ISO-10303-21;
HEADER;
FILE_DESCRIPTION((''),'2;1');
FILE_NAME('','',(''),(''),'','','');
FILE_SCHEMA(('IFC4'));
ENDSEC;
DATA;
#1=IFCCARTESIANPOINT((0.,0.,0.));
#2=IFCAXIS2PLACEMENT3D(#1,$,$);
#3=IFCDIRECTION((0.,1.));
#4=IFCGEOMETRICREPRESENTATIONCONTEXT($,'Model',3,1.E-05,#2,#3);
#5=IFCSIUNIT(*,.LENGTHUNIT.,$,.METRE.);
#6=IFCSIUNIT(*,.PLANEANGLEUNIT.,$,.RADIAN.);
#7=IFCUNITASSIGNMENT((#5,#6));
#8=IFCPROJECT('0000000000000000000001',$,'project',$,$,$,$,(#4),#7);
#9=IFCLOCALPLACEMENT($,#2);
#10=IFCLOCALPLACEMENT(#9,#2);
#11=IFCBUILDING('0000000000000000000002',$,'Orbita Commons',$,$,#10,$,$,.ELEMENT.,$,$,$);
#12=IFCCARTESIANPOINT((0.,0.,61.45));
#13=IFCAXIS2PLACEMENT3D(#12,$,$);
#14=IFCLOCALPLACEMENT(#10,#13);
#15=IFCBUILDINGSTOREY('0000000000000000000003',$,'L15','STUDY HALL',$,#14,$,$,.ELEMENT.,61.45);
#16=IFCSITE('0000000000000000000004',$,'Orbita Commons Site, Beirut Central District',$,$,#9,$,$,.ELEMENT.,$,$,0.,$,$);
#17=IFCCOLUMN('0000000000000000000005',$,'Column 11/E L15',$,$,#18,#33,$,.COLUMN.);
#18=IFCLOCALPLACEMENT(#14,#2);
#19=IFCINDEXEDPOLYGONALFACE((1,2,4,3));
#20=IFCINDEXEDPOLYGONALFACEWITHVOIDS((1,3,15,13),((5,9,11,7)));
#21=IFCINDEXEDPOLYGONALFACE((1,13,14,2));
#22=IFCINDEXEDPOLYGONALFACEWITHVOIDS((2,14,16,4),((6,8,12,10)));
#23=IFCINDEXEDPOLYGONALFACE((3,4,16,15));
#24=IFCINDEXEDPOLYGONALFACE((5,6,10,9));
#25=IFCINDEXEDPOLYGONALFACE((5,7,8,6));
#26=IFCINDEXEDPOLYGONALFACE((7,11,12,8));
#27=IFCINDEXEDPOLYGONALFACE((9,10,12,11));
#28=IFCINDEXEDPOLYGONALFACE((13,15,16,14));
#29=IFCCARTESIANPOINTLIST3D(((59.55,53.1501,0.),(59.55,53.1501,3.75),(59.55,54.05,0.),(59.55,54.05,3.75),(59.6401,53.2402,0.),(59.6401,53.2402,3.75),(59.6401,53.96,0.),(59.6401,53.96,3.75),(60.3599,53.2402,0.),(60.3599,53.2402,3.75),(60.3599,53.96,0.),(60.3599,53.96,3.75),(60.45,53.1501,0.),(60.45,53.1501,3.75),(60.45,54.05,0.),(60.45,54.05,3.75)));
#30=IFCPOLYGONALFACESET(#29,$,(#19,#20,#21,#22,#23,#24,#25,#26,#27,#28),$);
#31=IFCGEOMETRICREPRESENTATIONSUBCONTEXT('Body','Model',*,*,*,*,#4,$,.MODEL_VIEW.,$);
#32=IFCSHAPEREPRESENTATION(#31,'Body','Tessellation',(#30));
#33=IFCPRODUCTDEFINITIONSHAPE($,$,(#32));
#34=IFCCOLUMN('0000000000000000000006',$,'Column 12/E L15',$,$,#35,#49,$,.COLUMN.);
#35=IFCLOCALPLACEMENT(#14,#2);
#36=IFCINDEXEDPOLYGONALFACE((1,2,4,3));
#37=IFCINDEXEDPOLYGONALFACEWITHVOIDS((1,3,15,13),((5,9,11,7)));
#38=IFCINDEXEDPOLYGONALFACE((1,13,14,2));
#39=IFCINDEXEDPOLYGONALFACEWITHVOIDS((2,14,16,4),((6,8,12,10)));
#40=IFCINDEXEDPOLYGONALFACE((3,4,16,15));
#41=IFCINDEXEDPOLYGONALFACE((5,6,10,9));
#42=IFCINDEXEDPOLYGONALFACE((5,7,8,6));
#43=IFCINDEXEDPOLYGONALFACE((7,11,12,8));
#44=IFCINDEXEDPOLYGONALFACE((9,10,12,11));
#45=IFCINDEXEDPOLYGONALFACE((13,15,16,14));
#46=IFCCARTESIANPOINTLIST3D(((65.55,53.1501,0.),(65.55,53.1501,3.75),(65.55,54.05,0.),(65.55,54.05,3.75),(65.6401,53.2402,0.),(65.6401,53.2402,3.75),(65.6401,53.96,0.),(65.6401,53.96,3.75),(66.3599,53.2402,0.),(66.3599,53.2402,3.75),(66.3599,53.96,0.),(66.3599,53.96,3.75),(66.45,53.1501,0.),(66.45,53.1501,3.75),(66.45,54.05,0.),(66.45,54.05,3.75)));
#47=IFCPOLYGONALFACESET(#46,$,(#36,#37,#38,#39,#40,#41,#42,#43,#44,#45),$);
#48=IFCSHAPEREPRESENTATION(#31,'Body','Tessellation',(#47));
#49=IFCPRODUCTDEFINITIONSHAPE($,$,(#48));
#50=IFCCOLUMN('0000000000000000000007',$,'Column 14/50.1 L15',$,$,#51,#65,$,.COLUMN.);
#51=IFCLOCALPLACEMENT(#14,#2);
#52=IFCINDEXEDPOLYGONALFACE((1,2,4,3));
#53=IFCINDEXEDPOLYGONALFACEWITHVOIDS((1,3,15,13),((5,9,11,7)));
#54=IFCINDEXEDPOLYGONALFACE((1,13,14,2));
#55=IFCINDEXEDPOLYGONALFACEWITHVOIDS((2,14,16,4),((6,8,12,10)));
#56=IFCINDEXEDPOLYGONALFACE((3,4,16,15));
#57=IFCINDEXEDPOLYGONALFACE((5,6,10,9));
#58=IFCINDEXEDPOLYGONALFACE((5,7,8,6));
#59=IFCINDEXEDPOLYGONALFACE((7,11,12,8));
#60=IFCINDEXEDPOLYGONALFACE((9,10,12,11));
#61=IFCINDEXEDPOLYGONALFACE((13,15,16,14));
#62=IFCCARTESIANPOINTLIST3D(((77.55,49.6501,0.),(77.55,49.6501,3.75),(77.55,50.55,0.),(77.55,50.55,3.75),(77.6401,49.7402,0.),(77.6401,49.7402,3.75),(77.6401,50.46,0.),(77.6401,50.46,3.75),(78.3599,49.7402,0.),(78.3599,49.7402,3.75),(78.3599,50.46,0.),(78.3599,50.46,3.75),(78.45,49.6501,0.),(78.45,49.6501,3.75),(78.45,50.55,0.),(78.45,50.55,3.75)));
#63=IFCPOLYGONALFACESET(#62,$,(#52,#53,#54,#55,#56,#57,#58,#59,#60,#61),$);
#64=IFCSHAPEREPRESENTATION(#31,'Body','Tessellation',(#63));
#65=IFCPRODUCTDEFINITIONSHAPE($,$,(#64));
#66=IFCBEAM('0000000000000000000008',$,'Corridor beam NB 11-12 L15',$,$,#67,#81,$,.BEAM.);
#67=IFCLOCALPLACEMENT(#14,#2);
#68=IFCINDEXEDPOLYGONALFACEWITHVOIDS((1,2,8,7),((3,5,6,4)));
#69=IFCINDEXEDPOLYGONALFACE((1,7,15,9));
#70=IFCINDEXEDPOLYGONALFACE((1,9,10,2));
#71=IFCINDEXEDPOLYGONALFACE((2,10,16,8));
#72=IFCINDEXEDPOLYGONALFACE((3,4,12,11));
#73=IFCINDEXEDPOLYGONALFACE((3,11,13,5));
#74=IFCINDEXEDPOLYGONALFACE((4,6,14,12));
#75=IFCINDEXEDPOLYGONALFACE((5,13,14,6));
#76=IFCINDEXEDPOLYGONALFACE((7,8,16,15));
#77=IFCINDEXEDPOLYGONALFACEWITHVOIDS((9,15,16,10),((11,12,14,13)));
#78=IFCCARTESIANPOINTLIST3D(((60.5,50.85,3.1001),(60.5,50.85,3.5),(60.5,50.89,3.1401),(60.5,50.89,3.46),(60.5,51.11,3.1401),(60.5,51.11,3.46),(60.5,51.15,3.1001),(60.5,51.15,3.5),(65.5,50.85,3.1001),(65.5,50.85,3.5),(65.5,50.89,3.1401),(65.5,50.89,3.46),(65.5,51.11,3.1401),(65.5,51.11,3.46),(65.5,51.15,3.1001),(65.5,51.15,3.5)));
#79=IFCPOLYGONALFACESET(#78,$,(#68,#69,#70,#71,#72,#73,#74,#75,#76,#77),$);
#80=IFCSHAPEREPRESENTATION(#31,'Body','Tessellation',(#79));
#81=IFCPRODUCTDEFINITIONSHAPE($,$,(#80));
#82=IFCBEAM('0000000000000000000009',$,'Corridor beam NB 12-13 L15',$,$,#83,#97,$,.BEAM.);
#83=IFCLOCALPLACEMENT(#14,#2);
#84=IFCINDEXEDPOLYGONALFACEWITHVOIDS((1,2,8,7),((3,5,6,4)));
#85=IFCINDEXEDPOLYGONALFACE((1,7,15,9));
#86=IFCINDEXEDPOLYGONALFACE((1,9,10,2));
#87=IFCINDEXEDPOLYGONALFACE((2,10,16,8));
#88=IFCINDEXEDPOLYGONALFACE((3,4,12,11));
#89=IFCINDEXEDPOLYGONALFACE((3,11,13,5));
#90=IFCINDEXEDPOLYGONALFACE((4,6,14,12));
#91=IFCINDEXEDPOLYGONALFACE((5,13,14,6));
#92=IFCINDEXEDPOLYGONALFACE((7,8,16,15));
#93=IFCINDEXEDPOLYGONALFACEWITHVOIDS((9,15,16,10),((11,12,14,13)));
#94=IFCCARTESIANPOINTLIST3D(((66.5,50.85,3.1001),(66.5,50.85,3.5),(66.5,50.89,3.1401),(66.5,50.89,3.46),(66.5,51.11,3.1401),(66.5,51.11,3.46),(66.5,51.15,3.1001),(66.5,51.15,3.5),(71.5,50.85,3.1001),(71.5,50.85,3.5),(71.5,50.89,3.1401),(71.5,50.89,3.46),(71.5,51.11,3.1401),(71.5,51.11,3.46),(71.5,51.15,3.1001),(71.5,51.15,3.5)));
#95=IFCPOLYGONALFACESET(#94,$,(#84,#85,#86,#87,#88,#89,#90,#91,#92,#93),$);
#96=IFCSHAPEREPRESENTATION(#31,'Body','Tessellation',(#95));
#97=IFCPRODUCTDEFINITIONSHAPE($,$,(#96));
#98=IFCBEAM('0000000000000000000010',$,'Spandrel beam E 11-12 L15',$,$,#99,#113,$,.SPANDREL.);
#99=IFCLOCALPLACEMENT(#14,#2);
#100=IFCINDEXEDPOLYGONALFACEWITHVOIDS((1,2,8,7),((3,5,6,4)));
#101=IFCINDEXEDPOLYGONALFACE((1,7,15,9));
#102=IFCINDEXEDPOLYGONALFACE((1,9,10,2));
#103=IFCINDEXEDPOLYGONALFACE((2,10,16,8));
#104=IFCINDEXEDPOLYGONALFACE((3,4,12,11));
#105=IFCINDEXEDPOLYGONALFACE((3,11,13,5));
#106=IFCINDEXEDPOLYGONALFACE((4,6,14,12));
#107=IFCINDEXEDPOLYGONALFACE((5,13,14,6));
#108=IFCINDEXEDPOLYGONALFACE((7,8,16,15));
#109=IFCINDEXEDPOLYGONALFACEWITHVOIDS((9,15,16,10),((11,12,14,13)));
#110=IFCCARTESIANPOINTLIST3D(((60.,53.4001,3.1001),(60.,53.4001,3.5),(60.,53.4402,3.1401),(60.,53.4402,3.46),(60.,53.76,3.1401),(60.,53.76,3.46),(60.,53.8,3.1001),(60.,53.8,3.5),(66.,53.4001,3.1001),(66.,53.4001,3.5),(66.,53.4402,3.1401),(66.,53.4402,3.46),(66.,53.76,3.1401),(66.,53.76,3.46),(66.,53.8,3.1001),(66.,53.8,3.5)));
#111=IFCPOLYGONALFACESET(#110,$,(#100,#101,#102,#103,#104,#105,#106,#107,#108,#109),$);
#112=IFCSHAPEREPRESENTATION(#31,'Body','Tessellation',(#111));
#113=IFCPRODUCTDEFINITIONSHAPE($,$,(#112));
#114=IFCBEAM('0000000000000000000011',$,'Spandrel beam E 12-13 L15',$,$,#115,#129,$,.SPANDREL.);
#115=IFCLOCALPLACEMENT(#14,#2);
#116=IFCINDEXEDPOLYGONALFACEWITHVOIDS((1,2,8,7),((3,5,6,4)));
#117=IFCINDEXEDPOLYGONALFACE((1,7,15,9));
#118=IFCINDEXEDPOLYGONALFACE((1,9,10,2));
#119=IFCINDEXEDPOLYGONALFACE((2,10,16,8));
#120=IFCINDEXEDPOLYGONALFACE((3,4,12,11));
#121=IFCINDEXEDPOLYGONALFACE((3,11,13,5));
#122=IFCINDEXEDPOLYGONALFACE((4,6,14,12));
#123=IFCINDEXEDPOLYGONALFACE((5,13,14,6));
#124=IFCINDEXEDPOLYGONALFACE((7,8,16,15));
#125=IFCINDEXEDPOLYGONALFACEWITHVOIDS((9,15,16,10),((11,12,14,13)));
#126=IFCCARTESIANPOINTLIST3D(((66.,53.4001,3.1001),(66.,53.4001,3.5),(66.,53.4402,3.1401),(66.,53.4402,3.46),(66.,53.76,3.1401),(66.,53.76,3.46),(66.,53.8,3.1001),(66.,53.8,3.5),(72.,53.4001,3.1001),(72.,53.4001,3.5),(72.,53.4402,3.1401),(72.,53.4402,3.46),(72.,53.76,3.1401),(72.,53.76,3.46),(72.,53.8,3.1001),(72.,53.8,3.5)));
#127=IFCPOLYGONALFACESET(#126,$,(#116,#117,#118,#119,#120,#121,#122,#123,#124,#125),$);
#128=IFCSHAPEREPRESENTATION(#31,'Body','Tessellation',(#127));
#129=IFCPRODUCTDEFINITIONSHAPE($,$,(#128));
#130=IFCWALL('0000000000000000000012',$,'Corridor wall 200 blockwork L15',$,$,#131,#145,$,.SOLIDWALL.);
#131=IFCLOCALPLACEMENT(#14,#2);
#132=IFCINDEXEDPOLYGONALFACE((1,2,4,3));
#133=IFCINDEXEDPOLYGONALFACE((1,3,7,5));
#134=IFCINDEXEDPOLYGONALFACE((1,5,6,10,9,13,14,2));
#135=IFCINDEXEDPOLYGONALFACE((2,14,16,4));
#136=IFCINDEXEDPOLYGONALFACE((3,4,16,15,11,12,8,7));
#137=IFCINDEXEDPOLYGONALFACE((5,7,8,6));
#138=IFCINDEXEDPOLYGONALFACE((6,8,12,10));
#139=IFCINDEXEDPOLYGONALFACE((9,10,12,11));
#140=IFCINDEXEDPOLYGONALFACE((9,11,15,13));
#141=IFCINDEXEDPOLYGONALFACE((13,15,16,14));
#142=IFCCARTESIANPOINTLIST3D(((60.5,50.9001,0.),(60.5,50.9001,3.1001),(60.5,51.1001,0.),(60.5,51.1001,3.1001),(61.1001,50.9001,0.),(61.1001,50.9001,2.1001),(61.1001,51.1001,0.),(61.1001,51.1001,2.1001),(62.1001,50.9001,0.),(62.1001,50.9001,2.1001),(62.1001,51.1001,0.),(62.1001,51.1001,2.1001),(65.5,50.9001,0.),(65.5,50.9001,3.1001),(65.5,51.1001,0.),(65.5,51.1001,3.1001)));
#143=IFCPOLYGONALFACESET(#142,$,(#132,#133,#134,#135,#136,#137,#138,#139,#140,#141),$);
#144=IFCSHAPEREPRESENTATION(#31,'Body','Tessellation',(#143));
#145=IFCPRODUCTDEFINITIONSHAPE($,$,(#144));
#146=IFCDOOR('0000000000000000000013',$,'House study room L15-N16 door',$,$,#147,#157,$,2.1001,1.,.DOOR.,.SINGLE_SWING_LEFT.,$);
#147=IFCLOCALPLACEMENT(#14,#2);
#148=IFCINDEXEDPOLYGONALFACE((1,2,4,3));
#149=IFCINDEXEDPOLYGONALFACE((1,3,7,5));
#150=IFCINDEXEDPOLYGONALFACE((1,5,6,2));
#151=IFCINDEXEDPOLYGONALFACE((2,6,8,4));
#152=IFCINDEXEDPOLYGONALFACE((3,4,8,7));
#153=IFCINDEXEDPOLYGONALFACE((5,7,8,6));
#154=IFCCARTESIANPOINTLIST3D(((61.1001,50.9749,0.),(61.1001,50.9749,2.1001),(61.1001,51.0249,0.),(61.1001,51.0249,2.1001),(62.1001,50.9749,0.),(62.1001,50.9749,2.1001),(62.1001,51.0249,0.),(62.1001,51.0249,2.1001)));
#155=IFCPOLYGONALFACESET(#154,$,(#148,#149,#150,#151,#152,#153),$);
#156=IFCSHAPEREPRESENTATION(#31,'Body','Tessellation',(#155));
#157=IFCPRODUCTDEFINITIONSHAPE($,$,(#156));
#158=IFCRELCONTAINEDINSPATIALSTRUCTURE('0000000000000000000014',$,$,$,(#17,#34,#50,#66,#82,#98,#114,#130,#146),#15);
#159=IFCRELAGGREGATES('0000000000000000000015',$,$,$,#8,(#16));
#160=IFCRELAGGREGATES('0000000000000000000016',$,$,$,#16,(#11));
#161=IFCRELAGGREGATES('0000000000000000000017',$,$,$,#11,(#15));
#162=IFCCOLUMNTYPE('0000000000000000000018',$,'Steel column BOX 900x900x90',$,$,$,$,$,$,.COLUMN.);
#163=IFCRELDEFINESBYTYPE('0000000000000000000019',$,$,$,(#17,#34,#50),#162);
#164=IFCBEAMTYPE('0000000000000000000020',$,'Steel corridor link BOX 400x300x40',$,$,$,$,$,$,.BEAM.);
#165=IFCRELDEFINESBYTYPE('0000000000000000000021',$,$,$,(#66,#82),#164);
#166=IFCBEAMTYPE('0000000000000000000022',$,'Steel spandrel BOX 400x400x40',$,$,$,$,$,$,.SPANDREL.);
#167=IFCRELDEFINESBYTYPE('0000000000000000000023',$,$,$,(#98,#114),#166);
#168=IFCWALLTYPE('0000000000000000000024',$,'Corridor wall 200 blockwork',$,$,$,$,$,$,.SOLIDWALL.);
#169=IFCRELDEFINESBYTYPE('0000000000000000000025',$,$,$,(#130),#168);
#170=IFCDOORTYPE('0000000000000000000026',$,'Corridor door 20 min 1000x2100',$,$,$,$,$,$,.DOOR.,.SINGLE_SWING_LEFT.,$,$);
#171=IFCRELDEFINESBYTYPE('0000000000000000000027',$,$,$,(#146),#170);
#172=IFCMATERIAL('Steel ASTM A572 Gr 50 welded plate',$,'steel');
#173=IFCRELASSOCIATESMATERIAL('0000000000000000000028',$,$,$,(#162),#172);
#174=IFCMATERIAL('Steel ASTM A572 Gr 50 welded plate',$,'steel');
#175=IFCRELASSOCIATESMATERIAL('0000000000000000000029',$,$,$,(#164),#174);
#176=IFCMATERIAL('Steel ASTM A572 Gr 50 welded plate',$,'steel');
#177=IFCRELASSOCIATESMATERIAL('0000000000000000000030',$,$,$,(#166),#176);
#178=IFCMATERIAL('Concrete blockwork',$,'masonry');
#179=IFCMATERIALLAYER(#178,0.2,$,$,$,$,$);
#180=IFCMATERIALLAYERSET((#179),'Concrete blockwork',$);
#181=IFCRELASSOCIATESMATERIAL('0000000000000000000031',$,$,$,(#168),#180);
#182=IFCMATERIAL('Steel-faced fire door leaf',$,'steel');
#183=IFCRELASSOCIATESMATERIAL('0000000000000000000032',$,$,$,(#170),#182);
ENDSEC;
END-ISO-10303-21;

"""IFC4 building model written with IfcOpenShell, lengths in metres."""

from ifc_helpers import new_model, si_unit, direction, frame, frame_2d, origin, origin_2d, place, context, subcontext, project, spatial, polyline, rectangle, hollow_rectangle, outline, extrude, material, layer, layer_set, material_profile, profile_set, type_object, element, fill, save


model = new_model("IFC4")

# Units and contexts
model_context = context("Model", 3, precision=1e-05, world=origin(), true_north=direction((0.0, 1.0)))
body_context = subcontext(model_context, "Body", "Model", "MODEL_VIEW")
ifc_project = project(units=[si_unit("LENGTHUNIT", "METRE"), si_unit("PLANEANGLEUNIT", "RADIAN")], contexts=[model_context])

# Site, building, storey
site_placement = place(None, origin())
site = spatial("IfcSite", under=ifc_project, at=site_placement, Name="Orbita Commons Site, Beirut Central District", CompositionType="ELEMENT", RefElevation=0.0)
building_placement = place(site_placement, origin())
building = spatial("IfcBuilding", under=site, at=building_placement, Name="Orbita Commons", CompositionType="ELEMENT")
storey_placement = place(building_placement, frame((0.0, 0.0, 61.45)))
storey = spatial("IfcBuildingStorey", under=building, at=storey_placement, Name="L15", Description="STUDY HALL", CompositionType="ELEMENT", Elevation=61.45)

# Columns
ifc_material_1 = material(Name="Steel ASTM A572 Gr 50 welded plate", Category="steel")
ifc_material_profile_1 = material_profile(ifc_material_1, hollow_rectangle(XDim=0.8999, YDim=0.8999, WallThickness=0.0901, at=origin_2d()), Name="BOX 900x900x90")
ifc_profile_set_1 = profile_set([ifc_material_profile_1], Name="Steel ASTM A572 Gr 50 welded plate")
column_type = type_object("IfcColumnType", Name="Steel column BOX 900x900x90", PredefinedType="COLUMN", material=ifc_profile_set_1)
for number, where, z_axis, x_axis, name in (
    (1, (60.0, 53.6001, 0.0), (0.0, 0.0, 1.0), (1.0, 0.0, 0.0), "Column 11/E L15"),
    (2, (66.0, 53.6001, 0.0), (0.0, 0.0, 1.0), (1.0, 0.0, 0.0), "Column 12/E L15"),
    (3, (78.0, 50.1001, 0.0), (0.0, 0.0, 1.0), (1.0, 0.0, 0.0), "Column 14/50.1 L15"),
):
    element("IfcColumn", number, at=place(storey_placement, frame(where, z_axis=z_axis, x_axis=x_axis)), inside=storey, type_object=column_type, Name=name, PredefinedType="COLUMN", context=body_context, shape_type="SweptSolid", body=[
        extrude(hollow_rectangle(XDim=0.8999, YDim=0.8999, WallThickness=0.0901, at=origin_2d()), origin(), (0.0, 0.0, 1.0), 3.75),
    ])

# Beams
ifc_material_2 = material(Name="Steel ASTM A572 Gr 50 welded plate", Category="steel")
ifc_material_profile_2 = material_profile(ifc_material_2, hollow_rectangle(XDim=0.3, YDim=0.3999, WallThickness=0.04, at=origin_2d()), Name="BOX 400x300x40")
ifc_profile_set_2 = profile_set([ifc_material_profile_2], Name="Steel ASTM A572 Gr 50 welded plate")
beam_type_1 = type_object("IfcBeamType", Name="Steel corridor link BOX 400x300x40", PredefinedType="BEAM", material=ifc_profile_set_2)
for number, where, z_axis, x_axis, name in (
    (4, (60.5, 51.0, 3.3), (1.0, 0.0, 0.0), (0.0, 1.0, 0.0), "Corridor beam NB 11-12 L15"),
    (5, (66.5, 51.0, 3.3), (1.0, 0.0, 0.0), (0.0, 1.0, 0.0), "Corridor beam NB 12-13 L15"),
):
    element("IfcBeam", number, at=place(storey_placement, frame(where, z_axis=z_axis, x_axis=x_axis)), inside=storey, type_object=beam_type_1, Name=name, PredefinedType="BEAM", context=body_context, shape_type="SweptSolid", body=[
        extrude(hollow_rectangle(XDim=0.3, YDim=0.3999, WallThickness=0.04, at=origin_2d()), origin(), (0.0, 0.0, 1.0), 5.0),
    ])
ifc_material_3 = material(Name="Steel ASTM A572 Gr 50 welded plate", Category="steel")
ifc_material_profile_3 = material_profile(ifc_material_3, hollow_rectangle(XDim=0.3999, YDim=0.3999, WallThickness=0.04, at=origin_2d()), Name="BOX 400x400x40")
ifc_profile_set_3 = profile_set([ifc_material_profile_3], Name="Steel ASTM A572 Gr 50 welded plate")
beam_type_2 = type_object("IfcBeamType", Name="Steel spandrel BOX 400x400x40", PredefinedType="SPANDREL", material=ifc_profile_set_3)
for number, where, z_axis, x_axis, name in (
    (6, (60.0, 53.6001, 3.3), (1.0, 0.0, 0.0), (0.0, 1.0, 0.0), "Spandrel beam E 11-12 L15"),
    (7, (66.0, 53.6001, 3.3), (1.0, 0.0, 0.0), (0.0, 1.0, 0.0), "Spandrel beam E 12-13 L15"),
):
    element("IfcBeam", number, at=place(storey_placement, frame(where, z_axis=z_axis, x_axis=x_axis)), inside=storey, type_object=beam_type_2, Name=name, PredefinedType="SPANDREL", context=body_context, shape_type="SweptSolid", body=[
        extrude(hollow_rectangle(XDim=0.3999, YDim=0.3999, WallThickness=0.04, at=origin_2d()), origin(), (0.0, 0.0, 1.0), 6.0),
    ])

# Wall, opening, door
ifc_material_4 = material(Name="Concrete blockwork", Category="masonry")
ifc_layer_1 = layer(ifc_material_4, 0.2)
ifc_layer_set_1 = layer_set([ifc_layer_1], Name="Concrete blockwork")
wall_type_1 = type_object("IfcWallType", Name="Corridor wall 200 blockwork", PredefinedType="SOLIDWALL", material=ifc_layer_set_1)
wall_1_placement = place(storey_placement, frame((60.5, 51.0, 0.0), z_axis=(0.0, 0.0, 1.0), x_axis=(1.0, 0.0, 0.0)))
wall_1 = element("IfcWall", 8, at=wall_1_placement, inside=storey, type_object=wall_type_1, Name="Corridor wall 200 blockwork L15", PredefinedType="SOLIDWALL", context=body_context, shape_type="SweptSolid", body=[
    extrude(outline(polyline([(0.0, 0.0), (5.0, 0.0), (5.0, 3.1001), (0.0, 3.1001), (0.0, 0.0)])), frame((0.0, 0.1001, 0.0), z_axis=(0.0, -1.0, 0.0), x_axis=(1.0, 0.0, 0.0)), (0.0, 0.0, 1.0), 0.2),
])
opening_1_placement = place(wall_1_placement, frame((0.6001, 0.0, 0.0)))
opening_1 = element("IfcOpeningElement", 9, at=opening_1_placement, cuts=wall_1, PredefinedType="OPENING", context=body_context, shape_type="SweptSolid", body=[
    extrude(rectangle(XDim=1.0, YDim=2.1001, at=frame_2d((0.5, 1.05))), frame((0.0, 0.1099, 0.0), z_axis=(0.0, -1.0, 0.0), x_axis=(1.0, 0.0, 0.0)), (0.0, 0.0, 1.0), 0.22),
])
ifc_material_5 = material(Name="Steel-faced fire door leaf", Category="steel")
door_type_1 = type_object("IfcDoorType", Name="Corridor door 20 min 1000x2100", OperationType="SINGLE_SWING_LEFT", PredefinedType="DOOR", material=ifc_material_5)
door_1_placement = place(opening_1_placement, origin())
door_1 = element("IfcDoor", 10, at=door_1_placement, inside=storey, type_object=door_type_1, Name="House study room L15-N16 door", OperationType="SINGLE_SWING_LEFT", OverallHeight=2.1001, OverallWidth=1.0, PredefinedType="DOOR", context=body_context, shape_type="SweptSolid", body=[
    extrude(rectangle(XDim=1.0, YDim=2.1001, at=frame_2d((0.5, 1.05))), frame((0.0, 0.0249, 0.0), z_axis=(0.0, -1.0, 0.0), x_axis=(1.0, 0.0, 0.0)), (0.0, 0.0, 1.0), 0.05),
])
fill(opening_1, door_1)

save(model, "model.ifc")
